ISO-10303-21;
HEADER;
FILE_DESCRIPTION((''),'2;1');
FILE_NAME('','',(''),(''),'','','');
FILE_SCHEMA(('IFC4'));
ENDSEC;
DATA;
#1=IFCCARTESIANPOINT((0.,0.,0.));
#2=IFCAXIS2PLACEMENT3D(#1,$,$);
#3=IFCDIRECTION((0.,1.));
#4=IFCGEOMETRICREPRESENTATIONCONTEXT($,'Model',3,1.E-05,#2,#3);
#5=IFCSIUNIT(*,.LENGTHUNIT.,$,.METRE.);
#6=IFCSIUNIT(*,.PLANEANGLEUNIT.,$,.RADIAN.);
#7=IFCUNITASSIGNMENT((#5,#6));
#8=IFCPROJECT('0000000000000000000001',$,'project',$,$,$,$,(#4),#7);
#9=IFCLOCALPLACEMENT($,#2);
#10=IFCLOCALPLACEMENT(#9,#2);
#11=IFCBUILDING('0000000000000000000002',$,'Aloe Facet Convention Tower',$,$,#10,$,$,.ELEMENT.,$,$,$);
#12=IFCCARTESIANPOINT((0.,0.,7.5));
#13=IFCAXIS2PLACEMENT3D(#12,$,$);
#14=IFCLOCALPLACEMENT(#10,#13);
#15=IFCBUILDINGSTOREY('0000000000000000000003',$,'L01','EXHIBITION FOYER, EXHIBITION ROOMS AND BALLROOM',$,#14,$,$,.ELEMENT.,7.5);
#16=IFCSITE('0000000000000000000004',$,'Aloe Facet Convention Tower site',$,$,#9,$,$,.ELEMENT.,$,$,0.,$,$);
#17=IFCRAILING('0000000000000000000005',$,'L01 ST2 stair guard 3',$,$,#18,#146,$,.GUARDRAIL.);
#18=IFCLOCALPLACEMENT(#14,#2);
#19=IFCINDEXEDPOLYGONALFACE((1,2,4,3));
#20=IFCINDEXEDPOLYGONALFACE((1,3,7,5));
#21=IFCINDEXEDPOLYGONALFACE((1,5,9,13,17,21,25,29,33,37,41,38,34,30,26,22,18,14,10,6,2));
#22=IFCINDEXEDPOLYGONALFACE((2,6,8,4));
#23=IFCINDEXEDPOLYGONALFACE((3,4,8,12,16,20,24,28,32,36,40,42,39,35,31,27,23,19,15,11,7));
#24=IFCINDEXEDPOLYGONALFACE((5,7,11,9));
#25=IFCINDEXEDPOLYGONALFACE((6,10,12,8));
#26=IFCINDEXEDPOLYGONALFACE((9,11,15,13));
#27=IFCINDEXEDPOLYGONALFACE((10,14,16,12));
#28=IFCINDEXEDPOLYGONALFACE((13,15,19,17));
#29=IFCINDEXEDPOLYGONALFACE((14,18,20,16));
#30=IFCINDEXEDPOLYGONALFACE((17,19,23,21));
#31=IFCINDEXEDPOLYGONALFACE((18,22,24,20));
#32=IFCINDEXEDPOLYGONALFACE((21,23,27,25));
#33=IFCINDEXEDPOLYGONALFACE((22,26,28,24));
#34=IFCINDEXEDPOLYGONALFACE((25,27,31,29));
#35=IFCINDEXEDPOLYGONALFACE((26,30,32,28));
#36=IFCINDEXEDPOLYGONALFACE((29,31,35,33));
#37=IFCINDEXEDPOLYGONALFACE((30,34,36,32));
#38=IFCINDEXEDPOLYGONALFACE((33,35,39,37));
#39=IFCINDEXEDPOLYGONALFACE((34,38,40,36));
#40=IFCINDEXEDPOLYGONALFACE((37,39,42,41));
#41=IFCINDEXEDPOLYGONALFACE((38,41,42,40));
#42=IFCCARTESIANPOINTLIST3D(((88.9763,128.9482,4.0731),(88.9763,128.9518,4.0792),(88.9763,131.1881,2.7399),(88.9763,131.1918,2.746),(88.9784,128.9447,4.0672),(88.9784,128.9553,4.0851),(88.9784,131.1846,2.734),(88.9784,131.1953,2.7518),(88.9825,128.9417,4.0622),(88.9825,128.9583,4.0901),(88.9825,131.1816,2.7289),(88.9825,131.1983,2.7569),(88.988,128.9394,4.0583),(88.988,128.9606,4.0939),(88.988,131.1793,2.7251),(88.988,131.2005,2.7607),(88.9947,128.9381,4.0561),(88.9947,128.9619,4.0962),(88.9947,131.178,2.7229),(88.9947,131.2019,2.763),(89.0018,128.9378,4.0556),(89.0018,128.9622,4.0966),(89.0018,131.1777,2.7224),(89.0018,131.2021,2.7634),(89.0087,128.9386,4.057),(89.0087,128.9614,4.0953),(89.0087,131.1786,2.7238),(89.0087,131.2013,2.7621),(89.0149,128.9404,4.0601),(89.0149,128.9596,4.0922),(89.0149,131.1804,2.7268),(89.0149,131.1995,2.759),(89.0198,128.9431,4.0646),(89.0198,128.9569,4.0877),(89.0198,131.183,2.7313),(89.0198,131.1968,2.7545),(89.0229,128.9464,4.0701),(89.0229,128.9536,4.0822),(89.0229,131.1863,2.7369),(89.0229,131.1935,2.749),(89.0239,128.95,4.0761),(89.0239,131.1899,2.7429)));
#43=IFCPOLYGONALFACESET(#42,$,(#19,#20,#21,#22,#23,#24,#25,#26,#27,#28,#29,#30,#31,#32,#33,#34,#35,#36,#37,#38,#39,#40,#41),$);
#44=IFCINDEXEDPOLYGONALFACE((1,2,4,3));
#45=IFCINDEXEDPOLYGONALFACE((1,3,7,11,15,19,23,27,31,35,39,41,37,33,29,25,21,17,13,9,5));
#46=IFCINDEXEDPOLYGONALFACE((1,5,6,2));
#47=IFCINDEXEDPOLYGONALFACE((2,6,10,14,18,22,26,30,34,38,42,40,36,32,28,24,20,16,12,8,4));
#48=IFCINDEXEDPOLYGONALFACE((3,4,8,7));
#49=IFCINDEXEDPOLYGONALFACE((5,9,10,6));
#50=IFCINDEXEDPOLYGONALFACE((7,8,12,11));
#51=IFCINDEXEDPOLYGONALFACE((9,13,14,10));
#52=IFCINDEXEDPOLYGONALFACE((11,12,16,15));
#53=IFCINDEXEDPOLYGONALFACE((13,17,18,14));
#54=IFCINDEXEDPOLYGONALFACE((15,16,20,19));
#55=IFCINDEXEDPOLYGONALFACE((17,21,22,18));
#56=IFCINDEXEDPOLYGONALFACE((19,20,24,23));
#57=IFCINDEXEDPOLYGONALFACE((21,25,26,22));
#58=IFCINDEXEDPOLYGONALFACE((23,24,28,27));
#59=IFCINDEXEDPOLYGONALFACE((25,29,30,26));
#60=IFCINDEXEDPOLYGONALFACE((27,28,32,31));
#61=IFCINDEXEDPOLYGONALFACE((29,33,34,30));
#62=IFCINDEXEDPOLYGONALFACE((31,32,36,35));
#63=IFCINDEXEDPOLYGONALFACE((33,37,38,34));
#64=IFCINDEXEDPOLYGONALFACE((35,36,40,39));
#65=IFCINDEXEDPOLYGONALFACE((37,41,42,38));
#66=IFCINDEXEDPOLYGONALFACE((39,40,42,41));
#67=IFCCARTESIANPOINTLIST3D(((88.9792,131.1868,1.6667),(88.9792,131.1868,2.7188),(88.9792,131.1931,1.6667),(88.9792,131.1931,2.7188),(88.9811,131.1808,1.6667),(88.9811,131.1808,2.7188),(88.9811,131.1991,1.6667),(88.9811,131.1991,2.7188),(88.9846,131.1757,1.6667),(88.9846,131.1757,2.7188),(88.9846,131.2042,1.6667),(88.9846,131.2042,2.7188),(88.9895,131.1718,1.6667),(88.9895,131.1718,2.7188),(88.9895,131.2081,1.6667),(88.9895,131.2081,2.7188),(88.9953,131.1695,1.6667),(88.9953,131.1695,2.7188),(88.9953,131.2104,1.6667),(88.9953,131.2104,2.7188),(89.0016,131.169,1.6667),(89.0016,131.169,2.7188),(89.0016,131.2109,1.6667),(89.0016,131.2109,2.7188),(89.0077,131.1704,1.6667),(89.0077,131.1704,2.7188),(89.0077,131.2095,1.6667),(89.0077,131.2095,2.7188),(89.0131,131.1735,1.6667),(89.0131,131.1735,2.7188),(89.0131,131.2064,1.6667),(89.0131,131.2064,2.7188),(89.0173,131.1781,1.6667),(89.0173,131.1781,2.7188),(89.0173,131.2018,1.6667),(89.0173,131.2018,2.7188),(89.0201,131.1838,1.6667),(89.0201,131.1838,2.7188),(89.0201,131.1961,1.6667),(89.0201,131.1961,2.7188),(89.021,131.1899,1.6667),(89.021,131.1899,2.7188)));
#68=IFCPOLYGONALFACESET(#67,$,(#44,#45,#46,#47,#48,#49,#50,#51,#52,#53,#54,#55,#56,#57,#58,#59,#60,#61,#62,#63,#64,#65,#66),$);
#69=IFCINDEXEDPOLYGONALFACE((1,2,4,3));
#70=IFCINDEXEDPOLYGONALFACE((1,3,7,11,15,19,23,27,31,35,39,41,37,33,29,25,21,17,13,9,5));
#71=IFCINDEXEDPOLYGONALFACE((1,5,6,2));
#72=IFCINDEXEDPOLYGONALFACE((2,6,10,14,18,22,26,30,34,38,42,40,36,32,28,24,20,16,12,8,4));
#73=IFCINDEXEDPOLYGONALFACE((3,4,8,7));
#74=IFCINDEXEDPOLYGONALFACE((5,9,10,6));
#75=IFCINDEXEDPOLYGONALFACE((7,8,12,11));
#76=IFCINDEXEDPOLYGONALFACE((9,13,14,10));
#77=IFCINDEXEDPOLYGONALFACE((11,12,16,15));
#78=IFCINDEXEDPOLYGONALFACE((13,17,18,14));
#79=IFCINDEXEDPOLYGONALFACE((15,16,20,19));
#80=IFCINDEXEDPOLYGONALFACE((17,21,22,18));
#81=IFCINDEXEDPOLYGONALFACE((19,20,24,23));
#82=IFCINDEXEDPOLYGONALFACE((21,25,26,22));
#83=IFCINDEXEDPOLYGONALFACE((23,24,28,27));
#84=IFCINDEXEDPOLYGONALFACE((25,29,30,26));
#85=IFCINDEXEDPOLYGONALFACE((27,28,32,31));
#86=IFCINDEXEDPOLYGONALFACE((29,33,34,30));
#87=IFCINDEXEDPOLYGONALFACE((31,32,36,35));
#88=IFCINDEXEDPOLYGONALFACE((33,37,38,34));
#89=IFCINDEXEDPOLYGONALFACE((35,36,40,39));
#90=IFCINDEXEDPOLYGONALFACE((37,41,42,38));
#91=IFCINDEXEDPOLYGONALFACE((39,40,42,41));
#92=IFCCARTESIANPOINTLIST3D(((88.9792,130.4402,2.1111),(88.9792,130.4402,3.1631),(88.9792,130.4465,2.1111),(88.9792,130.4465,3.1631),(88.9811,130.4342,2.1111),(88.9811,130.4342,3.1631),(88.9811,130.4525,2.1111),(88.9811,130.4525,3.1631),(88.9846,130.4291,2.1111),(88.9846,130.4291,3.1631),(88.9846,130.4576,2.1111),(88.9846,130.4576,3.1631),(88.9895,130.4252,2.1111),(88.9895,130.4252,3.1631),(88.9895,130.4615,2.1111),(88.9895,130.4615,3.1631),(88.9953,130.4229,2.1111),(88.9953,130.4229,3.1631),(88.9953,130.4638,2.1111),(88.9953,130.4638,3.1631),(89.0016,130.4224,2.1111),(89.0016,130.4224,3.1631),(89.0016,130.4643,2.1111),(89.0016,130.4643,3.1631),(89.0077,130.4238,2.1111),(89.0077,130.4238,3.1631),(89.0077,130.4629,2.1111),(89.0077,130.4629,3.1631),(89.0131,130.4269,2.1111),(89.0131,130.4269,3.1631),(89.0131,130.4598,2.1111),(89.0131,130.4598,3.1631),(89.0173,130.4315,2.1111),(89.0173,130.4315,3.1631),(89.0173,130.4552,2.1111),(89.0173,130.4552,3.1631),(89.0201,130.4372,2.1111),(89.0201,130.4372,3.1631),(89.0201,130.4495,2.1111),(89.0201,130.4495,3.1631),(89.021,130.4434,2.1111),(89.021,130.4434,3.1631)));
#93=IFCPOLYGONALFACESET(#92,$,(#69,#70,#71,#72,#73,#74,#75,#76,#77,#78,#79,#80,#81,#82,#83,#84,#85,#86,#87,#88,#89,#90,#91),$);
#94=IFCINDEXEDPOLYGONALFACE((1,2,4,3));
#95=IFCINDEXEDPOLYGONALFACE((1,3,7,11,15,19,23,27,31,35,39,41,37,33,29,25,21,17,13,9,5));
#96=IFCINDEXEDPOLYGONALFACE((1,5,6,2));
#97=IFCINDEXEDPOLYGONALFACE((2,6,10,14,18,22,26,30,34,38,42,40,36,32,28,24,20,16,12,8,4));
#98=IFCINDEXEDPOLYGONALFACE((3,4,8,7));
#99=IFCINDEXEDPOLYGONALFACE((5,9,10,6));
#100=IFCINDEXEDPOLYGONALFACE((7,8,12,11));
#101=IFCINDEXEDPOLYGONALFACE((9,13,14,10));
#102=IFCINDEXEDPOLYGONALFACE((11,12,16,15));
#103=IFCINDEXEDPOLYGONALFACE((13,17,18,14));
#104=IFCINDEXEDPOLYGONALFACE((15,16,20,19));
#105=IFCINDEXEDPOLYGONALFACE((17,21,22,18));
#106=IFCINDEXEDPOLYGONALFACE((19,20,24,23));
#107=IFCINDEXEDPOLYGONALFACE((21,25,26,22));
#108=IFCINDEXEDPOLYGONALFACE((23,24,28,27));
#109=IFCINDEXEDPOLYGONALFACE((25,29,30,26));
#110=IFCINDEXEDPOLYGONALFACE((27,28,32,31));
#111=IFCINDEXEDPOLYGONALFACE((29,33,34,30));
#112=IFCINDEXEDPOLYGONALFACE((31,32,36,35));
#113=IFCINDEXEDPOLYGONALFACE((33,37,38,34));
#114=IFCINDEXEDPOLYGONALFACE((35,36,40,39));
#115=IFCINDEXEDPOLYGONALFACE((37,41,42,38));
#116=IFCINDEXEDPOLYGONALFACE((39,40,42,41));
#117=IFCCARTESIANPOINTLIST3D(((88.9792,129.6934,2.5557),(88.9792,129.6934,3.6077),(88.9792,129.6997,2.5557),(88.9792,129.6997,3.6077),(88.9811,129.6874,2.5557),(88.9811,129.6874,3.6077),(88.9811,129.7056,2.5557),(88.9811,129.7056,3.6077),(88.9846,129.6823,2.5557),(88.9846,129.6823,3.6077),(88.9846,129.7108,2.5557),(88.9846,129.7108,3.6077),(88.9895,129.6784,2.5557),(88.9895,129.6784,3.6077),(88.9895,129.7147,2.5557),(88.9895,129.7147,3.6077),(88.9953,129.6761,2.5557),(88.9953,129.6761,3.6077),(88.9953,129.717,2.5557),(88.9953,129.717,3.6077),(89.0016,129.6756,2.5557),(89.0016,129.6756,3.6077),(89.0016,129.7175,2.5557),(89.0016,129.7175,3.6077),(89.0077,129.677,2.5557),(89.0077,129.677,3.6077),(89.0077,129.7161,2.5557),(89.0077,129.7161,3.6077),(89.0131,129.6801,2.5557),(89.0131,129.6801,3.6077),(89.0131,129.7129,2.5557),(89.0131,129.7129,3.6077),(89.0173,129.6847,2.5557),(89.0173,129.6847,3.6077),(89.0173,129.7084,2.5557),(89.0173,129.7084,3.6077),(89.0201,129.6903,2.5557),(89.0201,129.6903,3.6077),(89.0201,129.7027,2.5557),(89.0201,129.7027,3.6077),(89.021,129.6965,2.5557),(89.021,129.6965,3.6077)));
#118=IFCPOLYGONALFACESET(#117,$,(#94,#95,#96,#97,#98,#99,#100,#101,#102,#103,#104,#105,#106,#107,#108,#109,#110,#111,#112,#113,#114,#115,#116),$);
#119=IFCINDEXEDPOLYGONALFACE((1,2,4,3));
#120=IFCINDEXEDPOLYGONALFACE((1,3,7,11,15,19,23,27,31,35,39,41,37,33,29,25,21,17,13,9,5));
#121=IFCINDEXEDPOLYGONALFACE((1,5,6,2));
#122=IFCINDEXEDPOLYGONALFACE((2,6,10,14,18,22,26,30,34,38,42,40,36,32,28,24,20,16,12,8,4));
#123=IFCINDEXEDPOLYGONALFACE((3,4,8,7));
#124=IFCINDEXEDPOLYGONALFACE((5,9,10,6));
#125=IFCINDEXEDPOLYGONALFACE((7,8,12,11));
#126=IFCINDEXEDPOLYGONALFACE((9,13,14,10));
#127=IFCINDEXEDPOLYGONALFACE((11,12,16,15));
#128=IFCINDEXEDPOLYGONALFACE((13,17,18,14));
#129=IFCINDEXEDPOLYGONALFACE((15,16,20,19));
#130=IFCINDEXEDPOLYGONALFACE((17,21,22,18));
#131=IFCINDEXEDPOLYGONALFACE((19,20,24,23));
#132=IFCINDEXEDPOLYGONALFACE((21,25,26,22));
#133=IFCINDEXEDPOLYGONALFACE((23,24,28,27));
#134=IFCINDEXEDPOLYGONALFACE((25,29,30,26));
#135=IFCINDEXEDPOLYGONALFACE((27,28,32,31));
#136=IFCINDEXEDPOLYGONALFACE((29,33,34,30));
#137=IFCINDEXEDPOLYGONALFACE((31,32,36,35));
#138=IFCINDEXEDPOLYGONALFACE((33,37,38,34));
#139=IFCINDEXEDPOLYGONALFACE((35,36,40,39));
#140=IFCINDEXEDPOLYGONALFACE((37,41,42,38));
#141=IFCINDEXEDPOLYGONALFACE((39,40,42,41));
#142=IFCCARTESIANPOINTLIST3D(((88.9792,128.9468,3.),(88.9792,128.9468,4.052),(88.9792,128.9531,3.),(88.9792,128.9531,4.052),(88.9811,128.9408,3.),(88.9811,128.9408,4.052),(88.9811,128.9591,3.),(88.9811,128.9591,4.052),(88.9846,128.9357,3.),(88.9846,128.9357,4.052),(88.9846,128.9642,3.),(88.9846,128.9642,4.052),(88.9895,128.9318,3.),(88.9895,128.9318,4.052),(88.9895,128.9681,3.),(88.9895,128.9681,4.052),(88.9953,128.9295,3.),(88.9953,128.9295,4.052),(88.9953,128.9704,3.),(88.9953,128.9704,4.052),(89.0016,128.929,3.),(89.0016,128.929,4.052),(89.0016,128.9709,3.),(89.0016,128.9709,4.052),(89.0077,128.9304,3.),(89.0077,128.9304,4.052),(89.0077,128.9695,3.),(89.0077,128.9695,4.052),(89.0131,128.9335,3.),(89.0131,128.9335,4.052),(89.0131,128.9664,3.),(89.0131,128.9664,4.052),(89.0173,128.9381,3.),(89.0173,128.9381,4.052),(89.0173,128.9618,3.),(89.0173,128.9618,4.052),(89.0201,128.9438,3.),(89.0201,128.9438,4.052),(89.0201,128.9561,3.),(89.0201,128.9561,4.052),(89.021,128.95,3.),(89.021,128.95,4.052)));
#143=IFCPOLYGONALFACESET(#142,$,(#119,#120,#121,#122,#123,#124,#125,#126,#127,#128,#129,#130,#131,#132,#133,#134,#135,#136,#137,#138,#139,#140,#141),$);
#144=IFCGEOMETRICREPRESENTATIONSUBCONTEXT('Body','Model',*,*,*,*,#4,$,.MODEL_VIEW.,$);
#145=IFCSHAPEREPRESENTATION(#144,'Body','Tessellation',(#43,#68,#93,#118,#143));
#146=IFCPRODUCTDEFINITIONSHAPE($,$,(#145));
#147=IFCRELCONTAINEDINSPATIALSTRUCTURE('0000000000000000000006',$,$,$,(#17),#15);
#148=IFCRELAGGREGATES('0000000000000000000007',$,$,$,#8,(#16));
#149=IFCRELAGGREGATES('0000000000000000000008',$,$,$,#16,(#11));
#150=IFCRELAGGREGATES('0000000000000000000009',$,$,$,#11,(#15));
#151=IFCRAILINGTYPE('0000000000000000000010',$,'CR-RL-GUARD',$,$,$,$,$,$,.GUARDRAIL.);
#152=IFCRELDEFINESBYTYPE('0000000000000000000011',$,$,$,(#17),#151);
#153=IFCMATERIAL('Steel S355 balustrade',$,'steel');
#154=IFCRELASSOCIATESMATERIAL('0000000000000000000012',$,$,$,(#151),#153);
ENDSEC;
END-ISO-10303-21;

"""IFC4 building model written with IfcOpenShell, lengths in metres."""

from ifc_helpers import new_model, si_unit, direction, frame, origin, origin_2d, place, context, subcontext, project, spatial, circle, extrude, material, type_object, element, save


model = new_model("IFC4")

# Units and contexts
model_context = context("Model", 3, precision=1e-05, world=origin(), true_north=direction((0.0, 1.0)))
body_context = subcontext(model_context, "Body", "Model", "MODEL_VIEW")
ifc_project = project(units=[si_unit("LENGTHUNIT", "METRE"), si_unit("PLANEANGLEUNIT", "RADIAN")], contexts=[model_context])

# Site, building, storey
site_placement = place(None, origin())
site = spatial("IfcSite", under=ifc_project, at=site_placement, Name="Aloe Facet Convention Tower site", CompositionType="ELEMENT", RefElevation=0.0)
building_placement = place(site_placement, origin())
building = spatial("IfcBuilding", under=site, at=building_placement, Name="Aloe Facet Convention Tower", CompositionType="ELEMENT")
storey_placement = place(building_placement, frame((0.0, 0.0, 7.5)))
storey = spatial("IfcBuildingStorey", under=building, at=storey_placement, Name="L01", Description="EXHIBITION FOYER, EXHIBITION ROOMS AND BALLROOM", CompositionType="ELEMENT", Elevation=7.5)

# Railing
ifc_material_1 = material(Name="Steel S355 balustrade", Category="steel")
railing_type_1 = type_object("IfcRailingType", Name="CR-RL-GUARD", PredefinedType="GUARDRAIL", material=ifc_material_1)
railing_1_placement = place(storey_placement, frame((89.0, 131.1899, 1.6667)))
element("IfcRailing", 1, at=railing_1_placement, inside=storey, type_object=railing_type_1, Name="L01 ST2 stair guard 3", PredefinedType="GUARDRAIL", context=body_context, shape_type="SweptSolid", body=[
    extrude(circle(Radius=0.0239, at=origin_2d()), frame((0.0, 0.0, 1.0762), z_axis=(0.0, -0.859306, 0.511462), x_axis=(1.0, 0.0, 0.0)), (0.0, 0.0, 1.0), 2.6067),
    extrude(circle(Radius=0.021, at=origin_2d()), origin(), (0.0, 0.0, 1.0), 1.052),
    extrude(circle(Radius=0.021, at=origin_2d()), frame((0.0, -0.7466, 0.4443)), (0.0, 0.0, 1.0), 1.052),
    extrude(circle(Radius=0.021, at=origin_2d()), frame((0.0, -1.4934, 0.8889)), (0.0, 0.0, 1.0), 1.052),
    extrude(circle(Radius=0.021, at=origin_2d()), frame((0.0, -2.24, 1.3333)), (0.0, 0.0, 1.0), 1.052),
])

save(model, "model.ifc")
